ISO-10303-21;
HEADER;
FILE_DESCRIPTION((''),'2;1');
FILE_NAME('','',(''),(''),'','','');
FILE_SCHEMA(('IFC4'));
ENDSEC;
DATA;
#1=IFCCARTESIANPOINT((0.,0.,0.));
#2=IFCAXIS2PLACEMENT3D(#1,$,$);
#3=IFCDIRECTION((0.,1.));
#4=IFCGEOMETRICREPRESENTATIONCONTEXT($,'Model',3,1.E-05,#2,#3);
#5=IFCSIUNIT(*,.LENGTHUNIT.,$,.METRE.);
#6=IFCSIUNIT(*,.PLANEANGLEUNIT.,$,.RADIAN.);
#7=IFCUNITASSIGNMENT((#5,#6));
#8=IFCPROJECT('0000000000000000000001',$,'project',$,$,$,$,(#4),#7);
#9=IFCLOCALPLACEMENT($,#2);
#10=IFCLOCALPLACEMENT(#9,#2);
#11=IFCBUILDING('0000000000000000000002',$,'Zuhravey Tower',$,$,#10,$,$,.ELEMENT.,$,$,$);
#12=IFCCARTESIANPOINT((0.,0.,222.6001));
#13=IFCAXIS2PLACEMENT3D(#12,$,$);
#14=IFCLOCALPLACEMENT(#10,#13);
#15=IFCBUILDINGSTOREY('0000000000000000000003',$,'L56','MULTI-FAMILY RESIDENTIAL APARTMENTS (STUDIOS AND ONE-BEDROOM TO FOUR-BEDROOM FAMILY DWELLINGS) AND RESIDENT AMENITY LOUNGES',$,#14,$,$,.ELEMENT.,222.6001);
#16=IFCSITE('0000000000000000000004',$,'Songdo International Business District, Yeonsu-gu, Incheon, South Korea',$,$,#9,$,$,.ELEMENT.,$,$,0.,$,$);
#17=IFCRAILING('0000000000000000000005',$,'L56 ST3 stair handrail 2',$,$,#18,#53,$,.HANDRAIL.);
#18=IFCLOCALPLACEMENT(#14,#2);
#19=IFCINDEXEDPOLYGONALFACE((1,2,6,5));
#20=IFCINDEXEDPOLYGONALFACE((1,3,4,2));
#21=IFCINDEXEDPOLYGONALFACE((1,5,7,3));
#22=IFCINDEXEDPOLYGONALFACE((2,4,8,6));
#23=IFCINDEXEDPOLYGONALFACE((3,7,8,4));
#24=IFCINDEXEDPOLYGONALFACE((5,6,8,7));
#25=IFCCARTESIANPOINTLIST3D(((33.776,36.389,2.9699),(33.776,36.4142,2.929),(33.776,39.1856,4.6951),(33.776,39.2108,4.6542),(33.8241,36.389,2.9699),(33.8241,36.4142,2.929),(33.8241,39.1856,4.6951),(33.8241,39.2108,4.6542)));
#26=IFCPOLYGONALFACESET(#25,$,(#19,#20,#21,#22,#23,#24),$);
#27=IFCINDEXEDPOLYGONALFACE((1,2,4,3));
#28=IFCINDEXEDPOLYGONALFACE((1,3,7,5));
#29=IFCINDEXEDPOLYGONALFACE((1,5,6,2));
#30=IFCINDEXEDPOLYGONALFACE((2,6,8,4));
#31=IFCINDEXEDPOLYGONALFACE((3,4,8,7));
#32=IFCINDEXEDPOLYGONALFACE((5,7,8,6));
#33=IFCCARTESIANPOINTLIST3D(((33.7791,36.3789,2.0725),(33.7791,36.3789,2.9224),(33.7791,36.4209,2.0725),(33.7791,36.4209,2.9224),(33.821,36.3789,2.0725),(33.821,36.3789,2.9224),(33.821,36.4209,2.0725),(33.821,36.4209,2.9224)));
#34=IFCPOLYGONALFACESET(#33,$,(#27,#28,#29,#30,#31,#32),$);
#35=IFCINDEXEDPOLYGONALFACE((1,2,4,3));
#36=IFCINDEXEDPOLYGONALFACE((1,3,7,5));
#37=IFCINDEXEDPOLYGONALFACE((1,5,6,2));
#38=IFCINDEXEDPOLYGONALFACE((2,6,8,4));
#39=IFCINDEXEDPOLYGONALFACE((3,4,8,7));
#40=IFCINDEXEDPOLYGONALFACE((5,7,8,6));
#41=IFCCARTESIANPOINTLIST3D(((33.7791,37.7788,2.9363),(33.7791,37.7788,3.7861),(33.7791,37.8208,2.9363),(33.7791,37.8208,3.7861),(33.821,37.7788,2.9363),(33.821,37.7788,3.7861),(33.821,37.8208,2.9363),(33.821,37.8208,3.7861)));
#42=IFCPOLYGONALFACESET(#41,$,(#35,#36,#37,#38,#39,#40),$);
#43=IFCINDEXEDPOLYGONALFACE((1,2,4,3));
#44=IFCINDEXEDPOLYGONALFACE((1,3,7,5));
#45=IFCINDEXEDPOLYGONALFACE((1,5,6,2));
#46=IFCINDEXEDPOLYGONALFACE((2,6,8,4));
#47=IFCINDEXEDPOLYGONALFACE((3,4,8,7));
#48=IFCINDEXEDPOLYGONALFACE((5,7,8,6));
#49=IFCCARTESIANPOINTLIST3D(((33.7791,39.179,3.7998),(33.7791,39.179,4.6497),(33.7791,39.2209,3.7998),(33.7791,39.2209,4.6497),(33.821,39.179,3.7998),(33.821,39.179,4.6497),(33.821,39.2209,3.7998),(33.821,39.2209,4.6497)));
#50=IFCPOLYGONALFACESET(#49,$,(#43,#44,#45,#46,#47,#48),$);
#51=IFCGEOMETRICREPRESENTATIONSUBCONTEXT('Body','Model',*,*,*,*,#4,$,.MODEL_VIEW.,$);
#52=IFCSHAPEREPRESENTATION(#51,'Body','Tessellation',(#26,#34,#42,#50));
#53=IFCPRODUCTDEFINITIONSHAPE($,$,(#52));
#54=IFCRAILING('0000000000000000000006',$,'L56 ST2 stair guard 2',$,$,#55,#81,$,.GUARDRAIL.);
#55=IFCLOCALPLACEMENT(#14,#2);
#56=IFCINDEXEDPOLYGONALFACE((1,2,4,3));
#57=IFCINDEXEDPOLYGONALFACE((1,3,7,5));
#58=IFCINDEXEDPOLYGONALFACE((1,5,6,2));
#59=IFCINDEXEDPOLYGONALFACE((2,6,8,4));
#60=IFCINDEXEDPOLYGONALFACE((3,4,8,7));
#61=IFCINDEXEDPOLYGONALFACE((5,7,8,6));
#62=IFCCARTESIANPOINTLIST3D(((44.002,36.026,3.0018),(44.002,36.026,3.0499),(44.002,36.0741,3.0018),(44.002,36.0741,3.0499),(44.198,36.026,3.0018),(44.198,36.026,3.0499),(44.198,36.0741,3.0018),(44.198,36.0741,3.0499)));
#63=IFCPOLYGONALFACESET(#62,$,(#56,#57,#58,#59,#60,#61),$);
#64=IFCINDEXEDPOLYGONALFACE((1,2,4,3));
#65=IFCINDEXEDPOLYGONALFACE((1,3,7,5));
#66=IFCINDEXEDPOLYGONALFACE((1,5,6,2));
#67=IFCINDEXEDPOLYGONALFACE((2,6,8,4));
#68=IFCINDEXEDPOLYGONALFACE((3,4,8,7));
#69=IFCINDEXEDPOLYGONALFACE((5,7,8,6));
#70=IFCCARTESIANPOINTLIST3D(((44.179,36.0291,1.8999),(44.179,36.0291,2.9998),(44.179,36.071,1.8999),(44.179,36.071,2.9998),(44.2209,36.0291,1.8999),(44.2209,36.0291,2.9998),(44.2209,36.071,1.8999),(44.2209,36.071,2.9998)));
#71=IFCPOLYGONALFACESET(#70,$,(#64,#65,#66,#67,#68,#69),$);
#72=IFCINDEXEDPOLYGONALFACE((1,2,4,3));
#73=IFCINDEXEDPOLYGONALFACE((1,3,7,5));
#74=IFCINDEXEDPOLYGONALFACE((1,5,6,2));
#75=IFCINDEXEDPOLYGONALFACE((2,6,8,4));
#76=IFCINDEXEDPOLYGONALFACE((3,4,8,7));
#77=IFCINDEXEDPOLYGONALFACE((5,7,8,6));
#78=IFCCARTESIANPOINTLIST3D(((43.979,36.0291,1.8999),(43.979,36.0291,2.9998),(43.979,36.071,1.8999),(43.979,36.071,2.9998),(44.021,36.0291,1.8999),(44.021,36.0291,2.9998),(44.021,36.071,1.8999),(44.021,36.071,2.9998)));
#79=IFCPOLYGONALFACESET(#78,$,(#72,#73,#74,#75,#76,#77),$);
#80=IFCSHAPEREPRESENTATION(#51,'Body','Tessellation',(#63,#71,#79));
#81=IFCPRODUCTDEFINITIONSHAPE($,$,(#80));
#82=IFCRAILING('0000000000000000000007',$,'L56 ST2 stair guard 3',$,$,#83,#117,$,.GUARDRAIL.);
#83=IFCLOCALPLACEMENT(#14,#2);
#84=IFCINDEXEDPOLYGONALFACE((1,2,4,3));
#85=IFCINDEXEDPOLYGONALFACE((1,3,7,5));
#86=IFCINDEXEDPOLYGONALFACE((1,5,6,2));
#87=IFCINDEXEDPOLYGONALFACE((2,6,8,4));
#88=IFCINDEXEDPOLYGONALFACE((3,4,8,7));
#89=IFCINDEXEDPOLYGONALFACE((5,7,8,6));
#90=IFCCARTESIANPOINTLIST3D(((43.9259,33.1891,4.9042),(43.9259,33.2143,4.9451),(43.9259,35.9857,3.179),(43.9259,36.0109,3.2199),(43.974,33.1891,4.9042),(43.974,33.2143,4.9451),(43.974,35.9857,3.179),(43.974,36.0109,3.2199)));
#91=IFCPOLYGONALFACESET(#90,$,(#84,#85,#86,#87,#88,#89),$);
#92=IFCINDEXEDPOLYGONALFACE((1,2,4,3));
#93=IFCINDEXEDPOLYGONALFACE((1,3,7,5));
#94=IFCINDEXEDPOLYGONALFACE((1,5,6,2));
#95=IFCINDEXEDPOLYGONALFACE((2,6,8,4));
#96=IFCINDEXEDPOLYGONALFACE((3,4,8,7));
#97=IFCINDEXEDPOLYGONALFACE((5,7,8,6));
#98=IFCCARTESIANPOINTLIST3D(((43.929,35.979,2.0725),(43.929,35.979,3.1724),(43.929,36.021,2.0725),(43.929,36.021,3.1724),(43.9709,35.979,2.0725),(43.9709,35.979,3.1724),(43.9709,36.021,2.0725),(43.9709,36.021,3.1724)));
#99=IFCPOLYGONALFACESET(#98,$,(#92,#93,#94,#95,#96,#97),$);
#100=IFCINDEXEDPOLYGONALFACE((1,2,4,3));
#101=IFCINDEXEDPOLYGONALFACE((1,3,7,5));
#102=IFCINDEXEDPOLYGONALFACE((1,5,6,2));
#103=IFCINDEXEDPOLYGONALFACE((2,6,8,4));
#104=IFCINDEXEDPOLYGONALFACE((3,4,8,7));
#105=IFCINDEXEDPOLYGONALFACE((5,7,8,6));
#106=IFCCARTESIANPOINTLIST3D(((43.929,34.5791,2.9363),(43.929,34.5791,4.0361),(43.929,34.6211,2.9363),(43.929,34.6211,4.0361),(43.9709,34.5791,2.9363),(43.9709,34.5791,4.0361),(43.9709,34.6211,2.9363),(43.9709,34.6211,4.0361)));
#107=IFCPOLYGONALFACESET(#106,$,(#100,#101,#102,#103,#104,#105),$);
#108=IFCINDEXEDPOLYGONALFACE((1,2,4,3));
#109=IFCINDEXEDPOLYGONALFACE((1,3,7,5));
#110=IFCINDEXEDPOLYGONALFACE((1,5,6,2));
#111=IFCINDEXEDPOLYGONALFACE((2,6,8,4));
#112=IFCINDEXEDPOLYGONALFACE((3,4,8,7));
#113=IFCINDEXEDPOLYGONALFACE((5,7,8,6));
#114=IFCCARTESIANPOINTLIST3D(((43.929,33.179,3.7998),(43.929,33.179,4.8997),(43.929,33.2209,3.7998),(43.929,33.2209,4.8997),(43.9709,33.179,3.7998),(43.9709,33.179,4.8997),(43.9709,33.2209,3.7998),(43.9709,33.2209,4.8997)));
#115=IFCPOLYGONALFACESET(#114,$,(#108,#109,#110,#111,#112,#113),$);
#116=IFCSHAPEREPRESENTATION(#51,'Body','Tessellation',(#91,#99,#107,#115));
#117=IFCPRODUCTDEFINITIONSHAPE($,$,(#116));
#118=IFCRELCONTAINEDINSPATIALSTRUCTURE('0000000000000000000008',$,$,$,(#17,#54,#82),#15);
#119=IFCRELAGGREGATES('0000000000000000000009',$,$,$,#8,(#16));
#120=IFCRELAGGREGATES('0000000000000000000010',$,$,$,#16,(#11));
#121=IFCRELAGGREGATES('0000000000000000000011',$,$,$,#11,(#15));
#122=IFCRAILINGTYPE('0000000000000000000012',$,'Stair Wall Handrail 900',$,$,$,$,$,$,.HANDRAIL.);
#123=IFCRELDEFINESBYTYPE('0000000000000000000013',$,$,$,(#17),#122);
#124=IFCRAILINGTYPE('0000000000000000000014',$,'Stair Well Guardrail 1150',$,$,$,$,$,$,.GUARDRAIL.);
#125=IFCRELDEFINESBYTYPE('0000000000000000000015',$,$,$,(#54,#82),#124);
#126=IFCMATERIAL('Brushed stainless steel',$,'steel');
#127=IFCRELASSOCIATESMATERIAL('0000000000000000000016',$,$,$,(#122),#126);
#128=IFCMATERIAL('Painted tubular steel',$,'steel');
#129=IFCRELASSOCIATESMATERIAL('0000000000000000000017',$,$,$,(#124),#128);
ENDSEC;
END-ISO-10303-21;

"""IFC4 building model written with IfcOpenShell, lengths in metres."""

from ifc_helpers import new_model, si_unit, direction, frame, origin, origin_2d, place, context, subcontext, project, spatial, rectangle, extrude, material, type_object, element, save


model = new_model("IFC4")

# Units and contexts
model_context = context("Model", 3, precision=1e-05, world=origin(), true_north=direction((0.0, 1.0)))
body_context = subcontext(model_context, "Body", "Model", "MODEL_VIEW")
ifc_project = project(units=[si_unit("LENGTHUNIT", "METRE"), si_unit("PLANEANGLEUNIT", "RADIAN")], contexts=[model_context])

# Site, building, storey
site_placement = place(None, origin())
site = spatial("IfcSite", under=ifc_project, at=site_placement, Name="Songdo International Business District, Yeonsu-gu, Incheon, South Korea", CompositionType="ELEMENT", RefElevation=0.0)
building_placement = place(site_placement, origin())
building = spatial("IfcBuilding", under=site, at=building_placement, Name="Zuhravey Tower", CompositionType="ELEMENT")
storey_placement = place(building_placement, frame((0.0, 0.0, 222.6001)))
storey = spatial("IfcBuildingStorey", under=building, at=storey_placement, Name="L56", Description="MULTI-FAMILY RESIDENTIAL APARTMENTS (STUDIOS AND ONE-BEDROOM TO FOUR-BEDROOM FAMILY DWELLINGS) AND RESIDENT AMENITY LOUNGES", CompositionType="ELEMENT", Elevation=222.6001)

# Railings
ifc_material_1 = material(Name="Brushed stainless steel", Category="steel")
railing_type_1 = type_object("IfcRailingType", Name="Stair Wall Handrail 900", PredefinedType="HANDRAIL", material=ifc_material_1)
railing_1_placement = place(storey_placement, frame((33.8, 36.3999, 2.0725)))
element("IfcRailing", 1, at=railing_1_placement, inside=storey, type_object=railing_type_1, Name="L56 ST3 stair handrail 2", PredefinedType="HANDRAIL", context=body_context, shape_type="SweptSolid", body=[
    extrude(rectangle(XDim=0.0481, YDim=0.0481, at=origin_2d()), frame((0.0, 0.0017, 0.877), z_axis=(0.0, 0.85109, 0.52502), x_axis=(-1.0, 0.0, 0.0)), (0.0, 0.0, 1.0), 3.2859),
    extrude(rectangle(XDim=0.042, YDim=0.042, at=origin_2d()), origin(), (0.0, 0.0, 1.0), 0.8499),
    extrude(rectangle(XDim=0.042, YDim=0.042, at=origin_2d()), frame((0.0, 1.3999, 0.8638)), (0.0, 0.0, 1.0), 0.8499),
    extrude(rectangle(XDim=0.042, YDim=0.042, at=origin_2d()), frame((0.0, 2.8, 1.7273)), (0.0, 0.0, 1.0), 0.8499),
])
ifc_material_2 = material(Name="Painted tubular steel", Category="steel")
railing_type_2 = type_object("IfcRailingType", Name="Stair Well Guardrail 1150", PredefinedType="GUARDRAIL", material=ifc_material_2)
railing_2_placement = place(storey_placement, frame((44.2, 36.05, 1.8999)))
element("IfcRailing", 2, at=railing_2_placement, inside=storey, type_object=railing_type_2, Name="L56 ST2 stair guard 2", PredefinedType="GUARDRAIL", context=body_context, shape_type="SweptSolid", body=[
    extrude(rectangle(XDim=0.0481, YDim=0.0481, at=origin_2d()), frame((-0.002, 0.0, 1.126), z_axis=(-1.0, 0.0, 0.0), x_axis=(0.0, -1.0, 0.0)), (0.0, 0.0, 1.0), 0.196),
    extrude(rectangle(XDim=0.042, YDim=0.042, at=origin_2d()), origin(), (0.0, 0.0, 1.0), 1.0999),
    extrude(rectangle(XDim=0.042, YDim=0.042, at=origin_2d()), frame((-0.2, 0.0, 0.0)), (0.0, 0.0, 1.0), 1.0999),
])
railing_3_placement = place(storey_placement, frame((43.95, 36.0, 2.0725)))
element("IfcRailing", 3, at=railing_3_placement, inside=storey, type_object=railing_type_2, Name="L56 ST2 stair guard 3", PredefinedType="GUARDRAIL", context=body_context, shape_type="SweptSolid", body=[
    extrude(rectangle(XDim=0.0481, YDim=0.0481, at=origin_2d()), frame((0.0, -0.0017, 1.127), z_axis=(0.0, -0.85109, 0.52502), x_axis=(1.0, 0.0, 0.0)), (0.0, 0.0, 1.0), 3.2859),
    extrude(rectangle(XDim=0.042, YDim=0.042, at=origin_2d()), origin(), (0.0, 0.0, 1.0), 1.0999),
    extrude(rectangle(XDim=0.042, YDim=0.042, at=origin_2d()), frame((0.0, -1.3999, 0.8638)), (0.0, 0.0, 1.0), 1.0999),
    extrude(rectangle(XDim=0.042, YDim=0.042, at=origin_2d()), frame((0.0, -2.8, 1.7273)), (0.0, 0.0, 1.0), 1.0999),
])

save(model, "model.ifc")
